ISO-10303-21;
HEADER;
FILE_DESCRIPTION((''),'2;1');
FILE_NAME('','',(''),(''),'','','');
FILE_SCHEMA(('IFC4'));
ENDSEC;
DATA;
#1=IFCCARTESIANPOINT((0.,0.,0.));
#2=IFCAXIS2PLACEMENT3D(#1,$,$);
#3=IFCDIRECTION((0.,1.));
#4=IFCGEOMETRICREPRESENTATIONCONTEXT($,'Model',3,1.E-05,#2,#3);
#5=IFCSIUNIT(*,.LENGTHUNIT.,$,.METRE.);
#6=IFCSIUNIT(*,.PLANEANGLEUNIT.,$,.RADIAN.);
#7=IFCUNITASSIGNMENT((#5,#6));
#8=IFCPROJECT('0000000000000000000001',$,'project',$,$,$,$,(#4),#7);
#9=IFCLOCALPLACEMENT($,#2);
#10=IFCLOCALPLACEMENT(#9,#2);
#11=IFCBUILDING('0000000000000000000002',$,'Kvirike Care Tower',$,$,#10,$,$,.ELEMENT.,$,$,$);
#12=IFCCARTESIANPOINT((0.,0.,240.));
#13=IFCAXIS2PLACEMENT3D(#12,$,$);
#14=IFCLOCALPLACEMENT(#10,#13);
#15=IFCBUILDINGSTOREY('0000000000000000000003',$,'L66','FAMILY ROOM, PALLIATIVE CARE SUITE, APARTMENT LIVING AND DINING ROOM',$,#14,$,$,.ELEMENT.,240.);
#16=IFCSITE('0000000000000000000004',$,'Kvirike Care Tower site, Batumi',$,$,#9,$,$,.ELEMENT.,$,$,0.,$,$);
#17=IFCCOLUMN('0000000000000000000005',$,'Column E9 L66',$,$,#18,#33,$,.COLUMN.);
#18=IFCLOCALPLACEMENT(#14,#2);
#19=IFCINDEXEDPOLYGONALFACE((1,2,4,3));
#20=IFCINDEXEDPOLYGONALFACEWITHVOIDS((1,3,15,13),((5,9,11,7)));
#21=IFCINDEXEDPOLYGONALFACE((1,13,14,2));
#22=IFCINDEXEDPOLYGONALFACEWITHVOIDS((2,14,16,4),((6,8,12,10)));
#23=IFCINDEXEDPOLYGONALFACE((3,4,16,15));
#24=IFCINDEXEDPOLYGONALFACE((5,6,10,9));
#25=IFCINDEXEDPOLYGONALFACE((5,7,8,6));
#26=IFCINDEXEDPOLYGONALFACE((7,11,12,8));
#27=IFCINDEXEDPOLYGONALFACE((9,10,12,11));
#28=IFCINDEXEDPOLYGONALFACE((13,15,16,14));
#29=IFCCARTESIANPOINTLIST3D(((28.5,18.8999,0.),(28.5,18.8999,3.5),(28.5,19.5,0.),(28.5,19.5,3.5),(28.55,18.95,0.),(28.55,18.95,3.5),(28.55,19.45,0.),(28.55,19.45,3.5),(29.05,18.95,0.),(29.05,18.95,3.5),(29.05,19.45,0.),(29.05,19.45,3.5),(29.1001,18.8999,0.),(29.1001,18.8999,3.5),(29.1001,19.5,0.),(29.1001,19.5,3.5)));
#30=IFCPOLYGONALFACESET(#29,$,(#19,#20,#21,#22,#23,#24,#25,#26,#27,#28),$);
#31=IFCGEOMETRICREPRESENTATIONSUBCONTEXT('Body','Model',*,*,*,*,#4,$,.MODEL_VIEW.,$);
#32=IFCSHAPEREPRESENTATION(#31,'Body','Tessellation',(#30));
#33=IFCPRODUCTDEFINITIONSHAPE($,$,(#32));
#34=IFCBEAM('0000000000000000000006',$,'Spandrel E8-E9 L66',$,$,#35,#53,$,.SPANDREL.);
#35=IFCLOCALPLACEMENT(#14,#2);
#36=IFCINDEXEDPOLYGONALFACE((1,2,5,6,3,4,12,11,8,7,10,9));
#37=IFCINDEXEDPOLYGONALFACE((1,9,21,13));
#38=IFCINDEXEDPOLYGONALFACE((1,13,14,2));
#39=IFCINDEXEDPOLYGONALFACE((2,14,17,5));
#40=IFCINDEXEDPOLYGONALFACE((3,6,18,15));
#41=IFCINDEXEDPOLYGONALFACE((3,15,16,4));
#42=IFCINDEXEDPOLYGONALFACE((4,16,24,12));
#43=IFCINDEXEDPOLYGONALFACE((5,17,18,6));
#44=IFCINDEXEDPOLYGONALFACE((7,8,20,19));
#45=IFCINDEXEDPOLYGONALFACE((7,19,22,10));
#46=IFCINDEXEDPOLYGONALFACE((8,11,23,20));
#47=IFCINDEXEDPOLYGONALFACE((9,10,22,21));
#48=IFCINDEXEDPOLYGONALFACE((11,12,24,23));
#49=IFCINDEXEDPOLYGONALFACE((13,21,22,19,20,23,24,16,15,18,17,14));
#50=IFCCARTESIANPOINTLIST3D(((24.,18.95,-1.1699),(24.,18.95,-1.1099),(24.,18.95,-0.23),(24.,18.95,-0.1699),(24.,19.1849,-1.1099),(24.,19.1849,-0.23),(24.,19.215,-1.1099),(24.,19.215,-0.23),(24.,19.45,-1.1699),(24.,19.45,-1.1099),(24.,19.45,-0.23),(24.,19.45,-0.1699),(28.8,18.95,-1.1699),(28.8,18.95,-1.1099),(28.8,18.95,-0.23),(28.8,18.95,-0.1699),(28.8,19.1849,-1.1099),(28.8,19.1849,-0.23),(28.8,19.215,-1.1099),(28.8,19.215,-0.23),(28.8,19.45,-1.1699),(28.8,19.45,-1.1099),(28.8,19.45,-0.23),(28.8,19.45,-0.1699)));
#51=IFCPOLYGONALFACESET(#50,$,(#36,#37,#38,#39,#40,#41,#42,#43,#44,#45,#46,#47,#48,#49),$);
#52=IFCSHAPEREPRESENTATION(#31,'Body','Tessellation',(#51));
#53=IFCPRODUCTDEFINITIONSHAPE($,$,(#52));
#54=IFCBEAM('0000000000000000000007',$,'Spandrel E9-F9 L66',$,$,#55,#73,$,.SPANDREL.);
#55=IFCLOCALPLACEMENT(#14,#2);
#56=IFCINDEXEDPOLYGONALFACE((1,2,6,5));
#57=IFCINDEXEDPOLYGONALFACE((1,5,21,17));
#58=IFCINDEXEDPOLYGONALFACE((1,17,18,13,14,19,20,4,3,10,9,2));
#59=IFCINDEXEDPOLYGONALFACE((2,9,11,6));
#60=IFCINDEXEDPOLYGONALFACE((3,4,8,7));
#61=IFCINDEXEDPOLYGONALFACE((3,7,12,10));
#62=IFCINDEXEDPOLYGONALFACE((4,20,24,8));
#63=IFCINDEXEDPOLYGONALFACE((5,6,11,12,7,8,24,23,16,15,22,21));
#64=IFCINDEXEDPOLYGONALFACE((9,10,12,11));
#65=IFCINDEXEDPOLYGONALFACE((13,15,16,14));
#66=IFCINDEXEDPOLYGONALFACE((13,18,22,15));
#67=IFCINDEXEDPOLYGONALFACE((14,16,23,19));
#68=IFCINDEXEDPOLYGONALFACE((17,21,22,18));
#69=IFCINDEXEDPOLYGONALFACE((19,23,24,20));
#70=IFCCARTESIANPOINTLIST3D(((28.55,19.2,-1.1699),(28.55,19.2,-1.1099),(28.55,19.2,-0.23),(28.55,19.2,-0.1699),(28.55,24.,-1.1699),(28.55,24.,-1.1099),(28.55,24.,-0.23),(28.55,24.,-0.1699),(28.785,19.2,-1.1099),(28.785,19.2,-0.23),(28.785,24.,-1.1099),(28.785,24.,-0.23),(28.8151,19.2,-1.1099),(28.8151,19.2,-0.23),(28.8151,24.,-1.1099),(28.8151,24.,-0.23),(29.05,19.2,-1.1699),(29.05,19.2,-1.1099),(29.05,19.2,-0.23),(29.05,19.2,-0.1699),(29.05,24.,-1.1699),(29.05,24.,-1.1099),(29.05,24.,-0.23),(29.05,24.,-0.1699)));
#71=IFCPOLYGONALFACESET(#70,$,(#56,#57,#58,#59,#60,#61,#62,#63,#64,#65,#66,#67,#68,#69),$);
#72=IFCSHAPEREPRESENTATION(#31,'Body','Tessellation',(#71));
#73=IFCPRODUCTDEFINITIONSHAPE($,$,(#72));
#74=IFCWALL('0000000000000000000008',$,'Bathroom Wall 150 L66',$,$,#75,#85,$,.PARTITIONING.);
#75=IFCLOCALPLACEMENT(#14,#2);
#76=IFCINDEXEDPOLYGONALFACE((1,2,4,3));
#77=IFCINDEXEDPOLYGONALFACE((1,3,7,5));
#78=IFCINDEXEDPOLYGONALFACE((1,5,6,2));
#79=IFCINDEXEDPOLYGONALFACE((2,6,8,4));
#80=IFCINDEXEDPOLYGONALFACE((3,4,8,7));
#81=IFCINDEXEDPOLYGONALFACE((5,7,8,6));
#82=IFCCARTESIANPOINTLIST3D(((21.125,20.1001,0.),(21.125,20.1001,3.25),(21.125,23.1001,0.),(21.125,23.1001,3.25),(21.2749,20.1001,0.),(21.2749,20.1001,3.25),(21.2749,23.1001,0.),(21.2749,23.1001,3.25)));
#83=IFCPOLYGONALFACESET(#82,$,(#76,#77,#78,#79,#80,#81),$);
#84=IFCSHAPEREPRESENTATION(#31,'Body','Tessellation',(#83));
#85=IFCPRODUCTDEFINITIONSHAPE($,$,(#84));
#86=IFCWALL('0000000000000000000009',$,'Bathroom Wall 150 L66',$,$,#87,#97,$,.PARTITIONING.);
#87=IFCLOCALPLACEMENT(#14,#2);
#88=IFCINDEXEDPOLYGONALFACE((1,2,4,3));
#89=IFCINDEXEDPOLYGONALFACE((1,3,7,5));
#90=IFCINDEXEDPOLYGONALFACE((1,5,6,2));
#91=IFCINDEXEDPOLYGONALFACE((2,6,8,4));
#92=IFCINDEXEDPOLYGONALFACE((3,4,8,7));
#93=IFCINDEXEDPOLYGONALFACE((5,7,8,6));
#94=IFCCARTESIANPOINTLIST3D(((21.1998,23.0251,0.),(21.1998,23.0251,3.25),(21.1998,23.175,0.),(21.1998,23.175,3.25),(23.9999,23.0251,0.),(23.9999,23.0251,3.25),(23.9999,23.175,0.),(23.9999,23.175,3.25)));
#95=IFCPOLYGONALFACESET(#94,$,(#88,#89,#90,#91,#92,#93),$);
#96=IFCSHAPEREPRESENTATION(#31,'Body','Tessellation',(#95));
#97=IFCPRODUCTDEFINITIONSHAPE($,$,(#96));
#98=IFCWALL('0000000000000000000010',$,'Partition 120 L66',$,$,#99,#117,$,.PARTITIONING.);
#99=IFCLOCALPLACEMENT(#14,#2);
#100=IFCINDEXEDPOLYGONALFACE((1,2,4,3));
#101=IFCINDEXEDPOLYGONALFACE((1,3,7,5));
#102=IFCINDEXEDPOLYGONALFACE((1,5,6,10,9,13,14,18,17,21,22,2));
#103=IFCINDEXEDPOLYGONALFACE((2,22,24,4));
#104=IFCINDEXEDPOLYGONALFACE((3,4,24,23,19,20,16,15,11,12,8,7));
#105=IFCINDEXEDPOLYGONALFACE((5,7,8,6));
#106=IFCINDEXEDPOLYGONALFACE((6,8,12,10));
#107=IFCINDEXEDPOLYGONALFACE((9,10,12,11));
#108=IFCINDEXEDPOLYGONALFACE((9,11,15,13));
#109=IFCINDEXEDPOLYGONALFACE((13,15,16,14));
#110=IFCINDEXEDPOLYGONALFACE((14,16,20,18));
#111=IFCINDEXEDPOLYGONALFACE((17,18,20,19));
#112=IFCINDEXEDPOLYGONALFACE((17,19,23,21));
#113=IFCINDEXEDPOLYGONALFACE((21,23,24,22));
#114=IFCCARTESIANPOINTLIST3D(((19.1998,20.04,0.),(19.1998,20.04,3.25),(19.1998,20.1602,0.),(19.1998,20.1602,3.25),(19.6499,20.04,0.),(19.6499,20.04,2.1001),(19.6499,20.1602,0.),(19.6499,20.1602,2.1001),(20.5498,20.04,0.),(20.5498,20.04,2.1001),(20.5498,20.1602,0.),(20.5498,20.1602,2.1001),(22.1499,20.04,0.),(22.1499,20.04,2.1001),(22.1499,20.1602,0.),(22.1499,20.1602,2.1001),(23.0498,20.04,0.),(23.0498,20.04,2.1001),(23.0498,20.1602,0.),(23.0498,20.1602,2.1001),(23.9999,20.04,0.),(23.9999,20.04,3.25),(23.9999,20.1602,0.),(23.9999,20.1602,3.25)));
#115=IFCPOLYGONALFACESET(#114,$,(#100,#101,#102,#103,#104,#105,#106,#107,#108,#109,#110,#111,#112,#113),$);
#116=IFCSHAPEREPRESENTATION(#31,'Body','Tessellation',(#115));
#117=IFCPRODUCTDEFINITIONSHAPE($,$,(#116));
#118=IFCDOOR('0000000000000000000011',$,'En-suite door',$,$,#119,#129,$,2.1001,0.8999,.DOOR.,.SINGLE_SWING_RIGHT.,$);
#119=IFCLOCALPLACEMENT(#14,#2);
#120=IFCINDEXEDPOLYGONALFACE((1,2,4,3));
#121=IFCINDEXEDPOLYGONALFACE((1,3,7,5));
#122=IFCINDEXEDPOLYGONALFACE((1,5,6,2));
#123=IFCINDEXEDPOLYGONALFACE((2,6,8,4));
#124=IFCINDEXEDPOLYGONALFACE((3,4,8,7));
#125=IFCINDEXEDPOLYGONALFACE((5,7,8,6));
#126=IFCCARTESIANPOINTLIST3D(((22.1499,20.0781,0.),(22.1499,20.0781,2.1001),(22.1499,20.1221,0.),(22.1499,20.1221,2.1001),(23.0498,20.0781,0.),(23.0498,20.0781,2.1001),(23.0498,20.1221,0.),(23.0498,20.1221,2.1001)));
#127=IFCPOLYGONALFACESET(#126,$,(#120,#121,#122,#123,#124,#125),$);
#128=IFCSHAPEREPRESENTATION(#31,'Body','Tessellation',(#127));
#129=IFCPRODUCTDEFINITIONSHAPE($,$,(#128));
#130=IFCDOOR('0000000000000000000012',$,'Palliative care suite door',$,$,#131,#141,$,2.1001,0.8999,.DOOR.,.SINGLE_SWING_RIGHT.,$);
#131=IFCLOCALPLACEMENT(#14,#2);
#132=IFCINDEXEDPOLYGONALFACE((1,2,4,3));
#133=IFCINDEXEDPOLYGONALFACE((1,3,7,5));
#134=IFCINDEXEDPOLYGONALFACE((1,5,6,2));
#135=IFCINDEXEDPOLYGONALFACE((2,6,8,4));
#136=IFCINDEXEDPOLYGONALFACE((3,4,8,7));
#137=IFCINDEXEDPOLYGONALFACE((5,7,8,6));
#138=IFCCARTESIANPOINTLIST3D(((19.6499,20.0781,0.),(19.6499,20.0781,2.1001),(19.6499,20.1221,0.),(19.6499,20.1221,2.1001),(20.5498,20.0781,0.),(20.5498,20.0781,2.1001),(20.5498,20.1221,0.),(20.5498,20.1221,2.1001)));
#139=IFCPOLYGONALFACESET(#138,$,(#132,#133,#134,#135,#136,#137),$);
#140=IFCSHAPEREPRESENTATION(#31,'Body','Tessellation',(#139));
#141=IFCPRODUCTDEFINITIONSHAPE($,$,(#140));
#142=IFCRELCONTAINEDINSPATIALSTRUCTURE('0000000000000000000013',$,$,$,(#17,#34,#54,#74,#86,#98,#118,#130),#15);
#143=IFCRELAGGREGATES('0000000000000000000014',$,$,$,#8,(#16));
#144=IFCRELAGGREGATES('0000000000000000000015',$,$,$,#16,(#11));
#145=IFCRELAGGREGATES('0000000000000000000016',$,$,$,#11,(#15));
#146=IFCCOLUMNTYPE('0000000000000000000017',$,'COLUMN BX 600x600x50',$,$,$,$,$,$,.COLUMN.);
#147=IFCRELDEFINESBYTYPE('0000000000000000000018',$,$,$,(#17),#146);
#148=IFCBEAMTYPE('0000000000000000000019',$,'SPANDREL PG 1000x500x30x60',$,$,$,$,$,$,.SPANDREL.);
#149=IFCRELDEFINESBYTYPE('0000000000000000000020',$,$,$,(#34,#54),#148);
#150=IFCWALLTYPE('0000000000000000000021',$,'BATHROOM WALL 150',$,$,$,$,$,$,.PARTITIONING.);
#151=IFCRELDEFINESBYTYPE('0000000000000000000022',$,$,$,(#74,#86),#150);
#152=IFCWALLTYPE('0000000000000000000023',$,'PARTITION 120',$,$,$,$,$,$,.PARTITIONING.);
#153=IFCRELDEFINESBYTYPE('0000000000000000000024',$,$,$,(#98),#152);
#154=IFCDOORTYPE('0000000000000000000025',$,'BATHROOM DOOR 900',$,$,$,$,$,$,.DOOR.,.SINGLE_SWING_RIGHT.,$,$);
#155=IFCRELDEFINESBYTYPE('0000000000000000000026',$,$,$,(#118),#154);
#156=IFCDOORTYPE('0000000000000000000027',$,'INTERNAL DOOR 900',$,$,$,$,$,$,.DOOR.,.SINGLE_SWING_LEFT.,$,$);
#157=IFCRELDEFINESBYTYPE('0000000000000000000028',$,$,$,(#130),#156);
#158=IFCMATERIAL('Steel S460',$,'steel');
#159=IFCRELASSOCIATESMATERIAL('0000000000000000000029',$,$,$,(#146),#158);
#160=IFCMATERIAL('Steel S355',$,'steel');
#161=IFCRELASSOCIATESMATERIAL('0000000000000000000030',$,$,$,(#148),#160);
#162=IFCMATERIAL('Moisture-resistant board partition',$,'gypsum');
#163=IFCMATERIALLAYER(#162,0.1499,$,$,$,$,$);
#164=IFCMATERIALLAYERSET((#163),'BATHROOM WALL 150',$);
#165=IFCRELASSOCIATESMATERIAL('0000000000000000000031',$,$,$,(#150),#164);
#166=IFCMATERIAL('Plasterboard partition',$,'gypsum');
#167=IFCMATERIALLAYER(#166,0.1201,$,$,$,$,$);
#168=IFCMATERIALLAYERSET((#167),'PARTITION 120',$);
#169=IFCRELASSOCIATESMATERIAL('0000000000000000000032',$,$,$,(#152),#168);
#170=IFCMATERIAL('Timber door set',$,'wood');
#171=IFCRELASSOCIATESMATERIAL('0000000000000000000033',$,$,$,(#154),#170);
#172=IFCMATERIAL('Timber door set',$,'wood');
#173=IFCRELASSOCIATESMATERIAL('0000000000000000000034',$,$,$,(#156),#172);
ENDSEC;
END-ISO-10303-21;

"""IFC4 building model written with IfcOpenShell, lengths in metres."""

from ifc_helpers import new_model, si_unit, direction, frame, frame_2d, origin, origin_2d, place, context, subcontext, project, spatial, rectangle, hollow_rectangle, i_section, extrude, material, layer, layer_set, material_profile, profile_set, type_object, element, fill, save


model = new_model("IFC4")

# Units and contexts
model_context = context("Model", 3, precision=1e-05, world=origin(), true_north=direction((0.0, 1.0)))
body_context = subcontext(model_context, "Body", "Model", "MODEL_VIEW")
ifc_project = project(units=[si_unit("LENGTHUNIT", "METRE"), si_unit("PLANEANGLEUNIT", "RADIAN")], contexts=[model_context])

# Site, building, storey
site_placement = place(None, origin())
site = spatial("IfcSite", under=ifc_project, at=site_placement, Name="Kvirike Care Tower site, Batumi", CompositionType="ELEMENT", RefElevation=0.0)
building_placement = place(site_placement, origin())
building = spatial("IfcBuilding", under=site, at=building_placement, Name="Kvirike Care Tower", CompositionType="ELEMENT")
storey_placement = place(building_placement, frame((0.0, 0.0, 240.0)))
storey = spatial("IfcBuildingStorey", under=building, at=storey_placement, Name="L66", Description="FAMILY ROOM, PALLIATIVE CARE SUITE, APARTMENT LIVING AND DINING ROOM", CompositionType="ELEMENT", Elevation=240.0)

# Column
ifc_material_1 = material(Name="Steel S460", Category="steel")
ifc_material_profile_1 = material_profile(ifc_material_1, hollow_rectangle(XDim=0.6001, YDim=0.6001, WallThickness=0.05, at=origin_2d()), Name="BX 600x600x50")
ifc_profile_set_1 = profile_set([ifc_material_profile_1], Name="Steel S460")
column_type = type_object("IfcColumnType", Name="COLUMN BX 600x600x50", PredefinedType="COLUMN", material=ifc_profile_set_1)
column_placement = place(storey_placement, frame((28.8, 19.2, 0.0), z_axis=(0.0, 0.0, 1.0), x_axis=(0.0, 1.0, 0.0)))
element("IfcColumn", 1, at=column_placement, inside=storey, type_object=column_type, Name="Column E9 L66", PredefinedType="COLUMN", context=body_context, shape_type="SweptSolid", body=[
    extrude(hollow_rectangle(XDim=0.6001, YDim=0.6001, WallThickness=0.05, at=origin_2d()), origin(), (0.0, 0.0, 1.0), 3.5),
])

# Beams
ifc_material_2 = material(Name="Steel S355", Category="steel")
ifc_material_profile_2 = material_profile(ifc_material_2, i_section(OverallWidth=0.5, OverallDepth=1.0, WebThickness=0.03, FlangeThickness=0.0601, at=origin_2d()), Name="PG 1000x500x30x60")
ifc_profile_set_2 = profile_set([ifc_material_profile_2], Name="Steel S355")
beam_type = type_object("IfcBeamType", Name="SPANDREL PG 1000x500x30x60", PredefinedType="SPANDREL", material=ifc_profile_set_2)
for number, where, z_axis, x_axis, name in (
    (2, (24.0, 19.2, -0.6699), (1.0, 0.0, 0.0), (0.0, 1.0, 0.0), "Spandrel E8-E9 L66"),
    (3, (28.8, 19.2, -0.6699), (0.0, 1.0, 0.0), (-1.0, 0.0, 0.0), "Spandrel E9-F9 L66"),
):
    element("IfcBeam", number, at=place(storey_placement, frame(where, z_axis=z_axis, x_axis=x_axis)), inside=storey, type_object=beam_type, Name=name, PredefinedType="SPANDREL", context=body_context, shape_type="SweptSolid", body=[
        extrude(i_section(OverallWidth=0.5, OverallDepth=1.0, WebThickness=0.03, FlangeThickness=0.0601, at=origin_2d()), origin(), (0.0, 0.0, 1.0), 4.8),
    ])

# Walls
ifc_material_3 = material(Name="Moisture-resistant board partition", Category="gypsum")
ifc_layer_1 = layer(ifc_material_3, 0.1499)
ifc_layer_set_1 = layer_set([ifc_layer_1], Name="BATHROOM WALL 150")
wall_type_1 = type_object("IfcWallType", Name="BATHROOM WALL 150", PredefinedType="PARTITIONING", material=ifc_layer_set_1)
wall_1_placement = place(storey_placement, frame((21.2, 20.1001, 0.0), z_axis=(0.0, 0.0, 1.0), x_axis=(0.0, 1.0, 0.0)))
element("IfcWall", 4, at=wall_1_placement, inside=storey, type_object=wall_type_1, Name="Bathroom Wall 150 L66", PredefinedType="PARTITIONING", context=body_context, shape_type="SweptSolid", body=[
    extrude(rectangle(XDim=3.0, YDim=0.1499, at=frame_2d((1.5, 0.0))), origin(), (0.0, 0.0, 1.0), 3.25),
])
wall_2_placement = place(storey_placement, frame((21.2, 23.1001, 0.0), z_axis=(0.0, 0.0, 1.0), x_axis=(1.0, 0.0, 0.0)))
element("IfcWall", 5, at=wall_2_placement, inside=storey, type_object=wall_type_1, Name="Bathroom Wall 150 L66", PredefinedType="PARTITIONING", context=body_context, shape_type="SweptSolid", body=[
    extrude(rectangle(XDim=2.8, YDim=0.1499, at=frame_2d((1.3999, 0.0))), origin(), (0.0, 0.0, 1.0), 3.25),
])

# Wall, openings, doors
ifc_material_4 = material(Name="Plasterboard partition", Category="gypsum")
ifc_layer_2 = layer(ifc_material_4, 0.1201)
ifc_layer_set_2 = layer_set([ifc_layer_2], Name="PARTITION 120")
wall_type_2 = type_object("IfcWallType", Name="PARTITION 120", PredefinedType="PARTITIONING", material=ifc_layer_set_2)
wall_3_placement = place(storey_placement, frame((19.2, 20.1001, 0.0), z_axis=(0.0, 0.0, 1.0), x_axis=(1.0, 0.0, 0.0)))
wall_3 = element("IfcWall", 6, at=wall_3_placement, inside=storey, type_object=wall_type_2, Name="Partition 120 L66", PredefinedType="PARTITIONING", context=body_context, shape_type="SweptSolid", body=[
    extrude(rectangle(XDim=4.8, YDim=0.1201, at=frame_2d((2.3999, 0.0))), origin(), (0.0, 0.0, 1.0), 3.25),
])
opening_1_placement = place(wall_3_placement, frame((0.45, 0.0, 0.0)))
opening_1 = element("IfcOpeningElement", 7, at=opening_1_placement, cuts=wall_3, PredefinedType="OPENING", context=body_context, shape_type="SweptSolid", body=[
    extrude(rectangle(XDim=0.8999, YDim=2.1001, at=frame_2d((0.45, 1.05))), frame((0.0, 0.0706, 0.0), z_axis=(0.0, -1.0, 0.0), x_axis=(1.0, 0.0, 0.0)), (0.0, 0.0, 1.0), 0.1411),
])
opening_2_placement = place(wall_3_placement, frame((2.95, 0.0, 0.0)))
opening_2 = element("IfcOpeningElement", 8, at=opening_2_placement, cuts=wall_3, PredefinedType="OPENING", context=body_context, shape_type="SweptSolid", body=[
    extrude(rectangle(XDim=0.8999, YDim=2.1001, at=frame_2d((0.45, 1.05))), frame((0.0, 0.0706, 0.0), z_axis=(0.0, -1.0, 0.0), x_axis=(1.0, 0.0, 0.0)), (0.0, 0.0, 1.0), 0.1411),
])
ifc_material_5 = material(Name="Timber door set", Category="wood")
door_type_1 = type_object("IfcDoorType", Name="BATHROOM DOOR 900", OperationType="SINGLE_SWING_RIGHT", PredefinedType="DOOR", material=ifc_material_5)
door_1_placement = place(opening_2_placement, origin())
door_1 = element("IfcDoor", 9, at=door_1_placement, inside=storey, type_object=door_type_1, Name="En-suite door", OperationType="SINGLE_SWING_RIGHT", OverallHeight=2.1001, OverallWidth=0.8999, PredefinedType="DOOR", context=body_context, shape_type="SweptSolid", body=[
    extrude(rectangle(XDim=0.8999, YDim=2.1001, at=frame_2d((0.45, 1.05))), frame((0.0, 0.022, 0.0), z_axis=(0.0, -1.0, 0.0), x_axis=(1.0, 0.0, 0.0)), (0.0, 0.0, 1.0), 0.0439),
])
fill(opening_2, door_1)
ifc_material_6 = material(Name="Timber door set", Category="wood")
door_type_2 = type_object("IfcDoorType", Name="INTERNAL DOOR 900", OperationType="SINGLE_SWING_LEFT", PredefinedType="DOOR", material=ifc_material_6)
door_2_placement = place(opening_1_placement, origin())
door_2 = element("IfcDoor", 10, at=door_2_placement, inside=storey, type_object=door_type_2, Name="Palliative care suite door", OperationType="SINGLE_SWING_RIGHT", OverallHeight=2.1001, OverallWidth=0.8999, PredefinedType="DOOR", context=body_context, shape_type="SweptSolid", body=[
    extrude(rectangle(XDim=0.8999, YDim=2.1001, at=frame_2d((0.45, 1.05))), frame((0.0, 0.022, 0.0), z_axis=(0.0, -1.0, 0.0), x_axis=(1.0, 0.0, 0.0)), (0.0, 0.0, 1.0), 0.0439),
])
fill(opening_1, door_2)

save(model, "model.ifc")
